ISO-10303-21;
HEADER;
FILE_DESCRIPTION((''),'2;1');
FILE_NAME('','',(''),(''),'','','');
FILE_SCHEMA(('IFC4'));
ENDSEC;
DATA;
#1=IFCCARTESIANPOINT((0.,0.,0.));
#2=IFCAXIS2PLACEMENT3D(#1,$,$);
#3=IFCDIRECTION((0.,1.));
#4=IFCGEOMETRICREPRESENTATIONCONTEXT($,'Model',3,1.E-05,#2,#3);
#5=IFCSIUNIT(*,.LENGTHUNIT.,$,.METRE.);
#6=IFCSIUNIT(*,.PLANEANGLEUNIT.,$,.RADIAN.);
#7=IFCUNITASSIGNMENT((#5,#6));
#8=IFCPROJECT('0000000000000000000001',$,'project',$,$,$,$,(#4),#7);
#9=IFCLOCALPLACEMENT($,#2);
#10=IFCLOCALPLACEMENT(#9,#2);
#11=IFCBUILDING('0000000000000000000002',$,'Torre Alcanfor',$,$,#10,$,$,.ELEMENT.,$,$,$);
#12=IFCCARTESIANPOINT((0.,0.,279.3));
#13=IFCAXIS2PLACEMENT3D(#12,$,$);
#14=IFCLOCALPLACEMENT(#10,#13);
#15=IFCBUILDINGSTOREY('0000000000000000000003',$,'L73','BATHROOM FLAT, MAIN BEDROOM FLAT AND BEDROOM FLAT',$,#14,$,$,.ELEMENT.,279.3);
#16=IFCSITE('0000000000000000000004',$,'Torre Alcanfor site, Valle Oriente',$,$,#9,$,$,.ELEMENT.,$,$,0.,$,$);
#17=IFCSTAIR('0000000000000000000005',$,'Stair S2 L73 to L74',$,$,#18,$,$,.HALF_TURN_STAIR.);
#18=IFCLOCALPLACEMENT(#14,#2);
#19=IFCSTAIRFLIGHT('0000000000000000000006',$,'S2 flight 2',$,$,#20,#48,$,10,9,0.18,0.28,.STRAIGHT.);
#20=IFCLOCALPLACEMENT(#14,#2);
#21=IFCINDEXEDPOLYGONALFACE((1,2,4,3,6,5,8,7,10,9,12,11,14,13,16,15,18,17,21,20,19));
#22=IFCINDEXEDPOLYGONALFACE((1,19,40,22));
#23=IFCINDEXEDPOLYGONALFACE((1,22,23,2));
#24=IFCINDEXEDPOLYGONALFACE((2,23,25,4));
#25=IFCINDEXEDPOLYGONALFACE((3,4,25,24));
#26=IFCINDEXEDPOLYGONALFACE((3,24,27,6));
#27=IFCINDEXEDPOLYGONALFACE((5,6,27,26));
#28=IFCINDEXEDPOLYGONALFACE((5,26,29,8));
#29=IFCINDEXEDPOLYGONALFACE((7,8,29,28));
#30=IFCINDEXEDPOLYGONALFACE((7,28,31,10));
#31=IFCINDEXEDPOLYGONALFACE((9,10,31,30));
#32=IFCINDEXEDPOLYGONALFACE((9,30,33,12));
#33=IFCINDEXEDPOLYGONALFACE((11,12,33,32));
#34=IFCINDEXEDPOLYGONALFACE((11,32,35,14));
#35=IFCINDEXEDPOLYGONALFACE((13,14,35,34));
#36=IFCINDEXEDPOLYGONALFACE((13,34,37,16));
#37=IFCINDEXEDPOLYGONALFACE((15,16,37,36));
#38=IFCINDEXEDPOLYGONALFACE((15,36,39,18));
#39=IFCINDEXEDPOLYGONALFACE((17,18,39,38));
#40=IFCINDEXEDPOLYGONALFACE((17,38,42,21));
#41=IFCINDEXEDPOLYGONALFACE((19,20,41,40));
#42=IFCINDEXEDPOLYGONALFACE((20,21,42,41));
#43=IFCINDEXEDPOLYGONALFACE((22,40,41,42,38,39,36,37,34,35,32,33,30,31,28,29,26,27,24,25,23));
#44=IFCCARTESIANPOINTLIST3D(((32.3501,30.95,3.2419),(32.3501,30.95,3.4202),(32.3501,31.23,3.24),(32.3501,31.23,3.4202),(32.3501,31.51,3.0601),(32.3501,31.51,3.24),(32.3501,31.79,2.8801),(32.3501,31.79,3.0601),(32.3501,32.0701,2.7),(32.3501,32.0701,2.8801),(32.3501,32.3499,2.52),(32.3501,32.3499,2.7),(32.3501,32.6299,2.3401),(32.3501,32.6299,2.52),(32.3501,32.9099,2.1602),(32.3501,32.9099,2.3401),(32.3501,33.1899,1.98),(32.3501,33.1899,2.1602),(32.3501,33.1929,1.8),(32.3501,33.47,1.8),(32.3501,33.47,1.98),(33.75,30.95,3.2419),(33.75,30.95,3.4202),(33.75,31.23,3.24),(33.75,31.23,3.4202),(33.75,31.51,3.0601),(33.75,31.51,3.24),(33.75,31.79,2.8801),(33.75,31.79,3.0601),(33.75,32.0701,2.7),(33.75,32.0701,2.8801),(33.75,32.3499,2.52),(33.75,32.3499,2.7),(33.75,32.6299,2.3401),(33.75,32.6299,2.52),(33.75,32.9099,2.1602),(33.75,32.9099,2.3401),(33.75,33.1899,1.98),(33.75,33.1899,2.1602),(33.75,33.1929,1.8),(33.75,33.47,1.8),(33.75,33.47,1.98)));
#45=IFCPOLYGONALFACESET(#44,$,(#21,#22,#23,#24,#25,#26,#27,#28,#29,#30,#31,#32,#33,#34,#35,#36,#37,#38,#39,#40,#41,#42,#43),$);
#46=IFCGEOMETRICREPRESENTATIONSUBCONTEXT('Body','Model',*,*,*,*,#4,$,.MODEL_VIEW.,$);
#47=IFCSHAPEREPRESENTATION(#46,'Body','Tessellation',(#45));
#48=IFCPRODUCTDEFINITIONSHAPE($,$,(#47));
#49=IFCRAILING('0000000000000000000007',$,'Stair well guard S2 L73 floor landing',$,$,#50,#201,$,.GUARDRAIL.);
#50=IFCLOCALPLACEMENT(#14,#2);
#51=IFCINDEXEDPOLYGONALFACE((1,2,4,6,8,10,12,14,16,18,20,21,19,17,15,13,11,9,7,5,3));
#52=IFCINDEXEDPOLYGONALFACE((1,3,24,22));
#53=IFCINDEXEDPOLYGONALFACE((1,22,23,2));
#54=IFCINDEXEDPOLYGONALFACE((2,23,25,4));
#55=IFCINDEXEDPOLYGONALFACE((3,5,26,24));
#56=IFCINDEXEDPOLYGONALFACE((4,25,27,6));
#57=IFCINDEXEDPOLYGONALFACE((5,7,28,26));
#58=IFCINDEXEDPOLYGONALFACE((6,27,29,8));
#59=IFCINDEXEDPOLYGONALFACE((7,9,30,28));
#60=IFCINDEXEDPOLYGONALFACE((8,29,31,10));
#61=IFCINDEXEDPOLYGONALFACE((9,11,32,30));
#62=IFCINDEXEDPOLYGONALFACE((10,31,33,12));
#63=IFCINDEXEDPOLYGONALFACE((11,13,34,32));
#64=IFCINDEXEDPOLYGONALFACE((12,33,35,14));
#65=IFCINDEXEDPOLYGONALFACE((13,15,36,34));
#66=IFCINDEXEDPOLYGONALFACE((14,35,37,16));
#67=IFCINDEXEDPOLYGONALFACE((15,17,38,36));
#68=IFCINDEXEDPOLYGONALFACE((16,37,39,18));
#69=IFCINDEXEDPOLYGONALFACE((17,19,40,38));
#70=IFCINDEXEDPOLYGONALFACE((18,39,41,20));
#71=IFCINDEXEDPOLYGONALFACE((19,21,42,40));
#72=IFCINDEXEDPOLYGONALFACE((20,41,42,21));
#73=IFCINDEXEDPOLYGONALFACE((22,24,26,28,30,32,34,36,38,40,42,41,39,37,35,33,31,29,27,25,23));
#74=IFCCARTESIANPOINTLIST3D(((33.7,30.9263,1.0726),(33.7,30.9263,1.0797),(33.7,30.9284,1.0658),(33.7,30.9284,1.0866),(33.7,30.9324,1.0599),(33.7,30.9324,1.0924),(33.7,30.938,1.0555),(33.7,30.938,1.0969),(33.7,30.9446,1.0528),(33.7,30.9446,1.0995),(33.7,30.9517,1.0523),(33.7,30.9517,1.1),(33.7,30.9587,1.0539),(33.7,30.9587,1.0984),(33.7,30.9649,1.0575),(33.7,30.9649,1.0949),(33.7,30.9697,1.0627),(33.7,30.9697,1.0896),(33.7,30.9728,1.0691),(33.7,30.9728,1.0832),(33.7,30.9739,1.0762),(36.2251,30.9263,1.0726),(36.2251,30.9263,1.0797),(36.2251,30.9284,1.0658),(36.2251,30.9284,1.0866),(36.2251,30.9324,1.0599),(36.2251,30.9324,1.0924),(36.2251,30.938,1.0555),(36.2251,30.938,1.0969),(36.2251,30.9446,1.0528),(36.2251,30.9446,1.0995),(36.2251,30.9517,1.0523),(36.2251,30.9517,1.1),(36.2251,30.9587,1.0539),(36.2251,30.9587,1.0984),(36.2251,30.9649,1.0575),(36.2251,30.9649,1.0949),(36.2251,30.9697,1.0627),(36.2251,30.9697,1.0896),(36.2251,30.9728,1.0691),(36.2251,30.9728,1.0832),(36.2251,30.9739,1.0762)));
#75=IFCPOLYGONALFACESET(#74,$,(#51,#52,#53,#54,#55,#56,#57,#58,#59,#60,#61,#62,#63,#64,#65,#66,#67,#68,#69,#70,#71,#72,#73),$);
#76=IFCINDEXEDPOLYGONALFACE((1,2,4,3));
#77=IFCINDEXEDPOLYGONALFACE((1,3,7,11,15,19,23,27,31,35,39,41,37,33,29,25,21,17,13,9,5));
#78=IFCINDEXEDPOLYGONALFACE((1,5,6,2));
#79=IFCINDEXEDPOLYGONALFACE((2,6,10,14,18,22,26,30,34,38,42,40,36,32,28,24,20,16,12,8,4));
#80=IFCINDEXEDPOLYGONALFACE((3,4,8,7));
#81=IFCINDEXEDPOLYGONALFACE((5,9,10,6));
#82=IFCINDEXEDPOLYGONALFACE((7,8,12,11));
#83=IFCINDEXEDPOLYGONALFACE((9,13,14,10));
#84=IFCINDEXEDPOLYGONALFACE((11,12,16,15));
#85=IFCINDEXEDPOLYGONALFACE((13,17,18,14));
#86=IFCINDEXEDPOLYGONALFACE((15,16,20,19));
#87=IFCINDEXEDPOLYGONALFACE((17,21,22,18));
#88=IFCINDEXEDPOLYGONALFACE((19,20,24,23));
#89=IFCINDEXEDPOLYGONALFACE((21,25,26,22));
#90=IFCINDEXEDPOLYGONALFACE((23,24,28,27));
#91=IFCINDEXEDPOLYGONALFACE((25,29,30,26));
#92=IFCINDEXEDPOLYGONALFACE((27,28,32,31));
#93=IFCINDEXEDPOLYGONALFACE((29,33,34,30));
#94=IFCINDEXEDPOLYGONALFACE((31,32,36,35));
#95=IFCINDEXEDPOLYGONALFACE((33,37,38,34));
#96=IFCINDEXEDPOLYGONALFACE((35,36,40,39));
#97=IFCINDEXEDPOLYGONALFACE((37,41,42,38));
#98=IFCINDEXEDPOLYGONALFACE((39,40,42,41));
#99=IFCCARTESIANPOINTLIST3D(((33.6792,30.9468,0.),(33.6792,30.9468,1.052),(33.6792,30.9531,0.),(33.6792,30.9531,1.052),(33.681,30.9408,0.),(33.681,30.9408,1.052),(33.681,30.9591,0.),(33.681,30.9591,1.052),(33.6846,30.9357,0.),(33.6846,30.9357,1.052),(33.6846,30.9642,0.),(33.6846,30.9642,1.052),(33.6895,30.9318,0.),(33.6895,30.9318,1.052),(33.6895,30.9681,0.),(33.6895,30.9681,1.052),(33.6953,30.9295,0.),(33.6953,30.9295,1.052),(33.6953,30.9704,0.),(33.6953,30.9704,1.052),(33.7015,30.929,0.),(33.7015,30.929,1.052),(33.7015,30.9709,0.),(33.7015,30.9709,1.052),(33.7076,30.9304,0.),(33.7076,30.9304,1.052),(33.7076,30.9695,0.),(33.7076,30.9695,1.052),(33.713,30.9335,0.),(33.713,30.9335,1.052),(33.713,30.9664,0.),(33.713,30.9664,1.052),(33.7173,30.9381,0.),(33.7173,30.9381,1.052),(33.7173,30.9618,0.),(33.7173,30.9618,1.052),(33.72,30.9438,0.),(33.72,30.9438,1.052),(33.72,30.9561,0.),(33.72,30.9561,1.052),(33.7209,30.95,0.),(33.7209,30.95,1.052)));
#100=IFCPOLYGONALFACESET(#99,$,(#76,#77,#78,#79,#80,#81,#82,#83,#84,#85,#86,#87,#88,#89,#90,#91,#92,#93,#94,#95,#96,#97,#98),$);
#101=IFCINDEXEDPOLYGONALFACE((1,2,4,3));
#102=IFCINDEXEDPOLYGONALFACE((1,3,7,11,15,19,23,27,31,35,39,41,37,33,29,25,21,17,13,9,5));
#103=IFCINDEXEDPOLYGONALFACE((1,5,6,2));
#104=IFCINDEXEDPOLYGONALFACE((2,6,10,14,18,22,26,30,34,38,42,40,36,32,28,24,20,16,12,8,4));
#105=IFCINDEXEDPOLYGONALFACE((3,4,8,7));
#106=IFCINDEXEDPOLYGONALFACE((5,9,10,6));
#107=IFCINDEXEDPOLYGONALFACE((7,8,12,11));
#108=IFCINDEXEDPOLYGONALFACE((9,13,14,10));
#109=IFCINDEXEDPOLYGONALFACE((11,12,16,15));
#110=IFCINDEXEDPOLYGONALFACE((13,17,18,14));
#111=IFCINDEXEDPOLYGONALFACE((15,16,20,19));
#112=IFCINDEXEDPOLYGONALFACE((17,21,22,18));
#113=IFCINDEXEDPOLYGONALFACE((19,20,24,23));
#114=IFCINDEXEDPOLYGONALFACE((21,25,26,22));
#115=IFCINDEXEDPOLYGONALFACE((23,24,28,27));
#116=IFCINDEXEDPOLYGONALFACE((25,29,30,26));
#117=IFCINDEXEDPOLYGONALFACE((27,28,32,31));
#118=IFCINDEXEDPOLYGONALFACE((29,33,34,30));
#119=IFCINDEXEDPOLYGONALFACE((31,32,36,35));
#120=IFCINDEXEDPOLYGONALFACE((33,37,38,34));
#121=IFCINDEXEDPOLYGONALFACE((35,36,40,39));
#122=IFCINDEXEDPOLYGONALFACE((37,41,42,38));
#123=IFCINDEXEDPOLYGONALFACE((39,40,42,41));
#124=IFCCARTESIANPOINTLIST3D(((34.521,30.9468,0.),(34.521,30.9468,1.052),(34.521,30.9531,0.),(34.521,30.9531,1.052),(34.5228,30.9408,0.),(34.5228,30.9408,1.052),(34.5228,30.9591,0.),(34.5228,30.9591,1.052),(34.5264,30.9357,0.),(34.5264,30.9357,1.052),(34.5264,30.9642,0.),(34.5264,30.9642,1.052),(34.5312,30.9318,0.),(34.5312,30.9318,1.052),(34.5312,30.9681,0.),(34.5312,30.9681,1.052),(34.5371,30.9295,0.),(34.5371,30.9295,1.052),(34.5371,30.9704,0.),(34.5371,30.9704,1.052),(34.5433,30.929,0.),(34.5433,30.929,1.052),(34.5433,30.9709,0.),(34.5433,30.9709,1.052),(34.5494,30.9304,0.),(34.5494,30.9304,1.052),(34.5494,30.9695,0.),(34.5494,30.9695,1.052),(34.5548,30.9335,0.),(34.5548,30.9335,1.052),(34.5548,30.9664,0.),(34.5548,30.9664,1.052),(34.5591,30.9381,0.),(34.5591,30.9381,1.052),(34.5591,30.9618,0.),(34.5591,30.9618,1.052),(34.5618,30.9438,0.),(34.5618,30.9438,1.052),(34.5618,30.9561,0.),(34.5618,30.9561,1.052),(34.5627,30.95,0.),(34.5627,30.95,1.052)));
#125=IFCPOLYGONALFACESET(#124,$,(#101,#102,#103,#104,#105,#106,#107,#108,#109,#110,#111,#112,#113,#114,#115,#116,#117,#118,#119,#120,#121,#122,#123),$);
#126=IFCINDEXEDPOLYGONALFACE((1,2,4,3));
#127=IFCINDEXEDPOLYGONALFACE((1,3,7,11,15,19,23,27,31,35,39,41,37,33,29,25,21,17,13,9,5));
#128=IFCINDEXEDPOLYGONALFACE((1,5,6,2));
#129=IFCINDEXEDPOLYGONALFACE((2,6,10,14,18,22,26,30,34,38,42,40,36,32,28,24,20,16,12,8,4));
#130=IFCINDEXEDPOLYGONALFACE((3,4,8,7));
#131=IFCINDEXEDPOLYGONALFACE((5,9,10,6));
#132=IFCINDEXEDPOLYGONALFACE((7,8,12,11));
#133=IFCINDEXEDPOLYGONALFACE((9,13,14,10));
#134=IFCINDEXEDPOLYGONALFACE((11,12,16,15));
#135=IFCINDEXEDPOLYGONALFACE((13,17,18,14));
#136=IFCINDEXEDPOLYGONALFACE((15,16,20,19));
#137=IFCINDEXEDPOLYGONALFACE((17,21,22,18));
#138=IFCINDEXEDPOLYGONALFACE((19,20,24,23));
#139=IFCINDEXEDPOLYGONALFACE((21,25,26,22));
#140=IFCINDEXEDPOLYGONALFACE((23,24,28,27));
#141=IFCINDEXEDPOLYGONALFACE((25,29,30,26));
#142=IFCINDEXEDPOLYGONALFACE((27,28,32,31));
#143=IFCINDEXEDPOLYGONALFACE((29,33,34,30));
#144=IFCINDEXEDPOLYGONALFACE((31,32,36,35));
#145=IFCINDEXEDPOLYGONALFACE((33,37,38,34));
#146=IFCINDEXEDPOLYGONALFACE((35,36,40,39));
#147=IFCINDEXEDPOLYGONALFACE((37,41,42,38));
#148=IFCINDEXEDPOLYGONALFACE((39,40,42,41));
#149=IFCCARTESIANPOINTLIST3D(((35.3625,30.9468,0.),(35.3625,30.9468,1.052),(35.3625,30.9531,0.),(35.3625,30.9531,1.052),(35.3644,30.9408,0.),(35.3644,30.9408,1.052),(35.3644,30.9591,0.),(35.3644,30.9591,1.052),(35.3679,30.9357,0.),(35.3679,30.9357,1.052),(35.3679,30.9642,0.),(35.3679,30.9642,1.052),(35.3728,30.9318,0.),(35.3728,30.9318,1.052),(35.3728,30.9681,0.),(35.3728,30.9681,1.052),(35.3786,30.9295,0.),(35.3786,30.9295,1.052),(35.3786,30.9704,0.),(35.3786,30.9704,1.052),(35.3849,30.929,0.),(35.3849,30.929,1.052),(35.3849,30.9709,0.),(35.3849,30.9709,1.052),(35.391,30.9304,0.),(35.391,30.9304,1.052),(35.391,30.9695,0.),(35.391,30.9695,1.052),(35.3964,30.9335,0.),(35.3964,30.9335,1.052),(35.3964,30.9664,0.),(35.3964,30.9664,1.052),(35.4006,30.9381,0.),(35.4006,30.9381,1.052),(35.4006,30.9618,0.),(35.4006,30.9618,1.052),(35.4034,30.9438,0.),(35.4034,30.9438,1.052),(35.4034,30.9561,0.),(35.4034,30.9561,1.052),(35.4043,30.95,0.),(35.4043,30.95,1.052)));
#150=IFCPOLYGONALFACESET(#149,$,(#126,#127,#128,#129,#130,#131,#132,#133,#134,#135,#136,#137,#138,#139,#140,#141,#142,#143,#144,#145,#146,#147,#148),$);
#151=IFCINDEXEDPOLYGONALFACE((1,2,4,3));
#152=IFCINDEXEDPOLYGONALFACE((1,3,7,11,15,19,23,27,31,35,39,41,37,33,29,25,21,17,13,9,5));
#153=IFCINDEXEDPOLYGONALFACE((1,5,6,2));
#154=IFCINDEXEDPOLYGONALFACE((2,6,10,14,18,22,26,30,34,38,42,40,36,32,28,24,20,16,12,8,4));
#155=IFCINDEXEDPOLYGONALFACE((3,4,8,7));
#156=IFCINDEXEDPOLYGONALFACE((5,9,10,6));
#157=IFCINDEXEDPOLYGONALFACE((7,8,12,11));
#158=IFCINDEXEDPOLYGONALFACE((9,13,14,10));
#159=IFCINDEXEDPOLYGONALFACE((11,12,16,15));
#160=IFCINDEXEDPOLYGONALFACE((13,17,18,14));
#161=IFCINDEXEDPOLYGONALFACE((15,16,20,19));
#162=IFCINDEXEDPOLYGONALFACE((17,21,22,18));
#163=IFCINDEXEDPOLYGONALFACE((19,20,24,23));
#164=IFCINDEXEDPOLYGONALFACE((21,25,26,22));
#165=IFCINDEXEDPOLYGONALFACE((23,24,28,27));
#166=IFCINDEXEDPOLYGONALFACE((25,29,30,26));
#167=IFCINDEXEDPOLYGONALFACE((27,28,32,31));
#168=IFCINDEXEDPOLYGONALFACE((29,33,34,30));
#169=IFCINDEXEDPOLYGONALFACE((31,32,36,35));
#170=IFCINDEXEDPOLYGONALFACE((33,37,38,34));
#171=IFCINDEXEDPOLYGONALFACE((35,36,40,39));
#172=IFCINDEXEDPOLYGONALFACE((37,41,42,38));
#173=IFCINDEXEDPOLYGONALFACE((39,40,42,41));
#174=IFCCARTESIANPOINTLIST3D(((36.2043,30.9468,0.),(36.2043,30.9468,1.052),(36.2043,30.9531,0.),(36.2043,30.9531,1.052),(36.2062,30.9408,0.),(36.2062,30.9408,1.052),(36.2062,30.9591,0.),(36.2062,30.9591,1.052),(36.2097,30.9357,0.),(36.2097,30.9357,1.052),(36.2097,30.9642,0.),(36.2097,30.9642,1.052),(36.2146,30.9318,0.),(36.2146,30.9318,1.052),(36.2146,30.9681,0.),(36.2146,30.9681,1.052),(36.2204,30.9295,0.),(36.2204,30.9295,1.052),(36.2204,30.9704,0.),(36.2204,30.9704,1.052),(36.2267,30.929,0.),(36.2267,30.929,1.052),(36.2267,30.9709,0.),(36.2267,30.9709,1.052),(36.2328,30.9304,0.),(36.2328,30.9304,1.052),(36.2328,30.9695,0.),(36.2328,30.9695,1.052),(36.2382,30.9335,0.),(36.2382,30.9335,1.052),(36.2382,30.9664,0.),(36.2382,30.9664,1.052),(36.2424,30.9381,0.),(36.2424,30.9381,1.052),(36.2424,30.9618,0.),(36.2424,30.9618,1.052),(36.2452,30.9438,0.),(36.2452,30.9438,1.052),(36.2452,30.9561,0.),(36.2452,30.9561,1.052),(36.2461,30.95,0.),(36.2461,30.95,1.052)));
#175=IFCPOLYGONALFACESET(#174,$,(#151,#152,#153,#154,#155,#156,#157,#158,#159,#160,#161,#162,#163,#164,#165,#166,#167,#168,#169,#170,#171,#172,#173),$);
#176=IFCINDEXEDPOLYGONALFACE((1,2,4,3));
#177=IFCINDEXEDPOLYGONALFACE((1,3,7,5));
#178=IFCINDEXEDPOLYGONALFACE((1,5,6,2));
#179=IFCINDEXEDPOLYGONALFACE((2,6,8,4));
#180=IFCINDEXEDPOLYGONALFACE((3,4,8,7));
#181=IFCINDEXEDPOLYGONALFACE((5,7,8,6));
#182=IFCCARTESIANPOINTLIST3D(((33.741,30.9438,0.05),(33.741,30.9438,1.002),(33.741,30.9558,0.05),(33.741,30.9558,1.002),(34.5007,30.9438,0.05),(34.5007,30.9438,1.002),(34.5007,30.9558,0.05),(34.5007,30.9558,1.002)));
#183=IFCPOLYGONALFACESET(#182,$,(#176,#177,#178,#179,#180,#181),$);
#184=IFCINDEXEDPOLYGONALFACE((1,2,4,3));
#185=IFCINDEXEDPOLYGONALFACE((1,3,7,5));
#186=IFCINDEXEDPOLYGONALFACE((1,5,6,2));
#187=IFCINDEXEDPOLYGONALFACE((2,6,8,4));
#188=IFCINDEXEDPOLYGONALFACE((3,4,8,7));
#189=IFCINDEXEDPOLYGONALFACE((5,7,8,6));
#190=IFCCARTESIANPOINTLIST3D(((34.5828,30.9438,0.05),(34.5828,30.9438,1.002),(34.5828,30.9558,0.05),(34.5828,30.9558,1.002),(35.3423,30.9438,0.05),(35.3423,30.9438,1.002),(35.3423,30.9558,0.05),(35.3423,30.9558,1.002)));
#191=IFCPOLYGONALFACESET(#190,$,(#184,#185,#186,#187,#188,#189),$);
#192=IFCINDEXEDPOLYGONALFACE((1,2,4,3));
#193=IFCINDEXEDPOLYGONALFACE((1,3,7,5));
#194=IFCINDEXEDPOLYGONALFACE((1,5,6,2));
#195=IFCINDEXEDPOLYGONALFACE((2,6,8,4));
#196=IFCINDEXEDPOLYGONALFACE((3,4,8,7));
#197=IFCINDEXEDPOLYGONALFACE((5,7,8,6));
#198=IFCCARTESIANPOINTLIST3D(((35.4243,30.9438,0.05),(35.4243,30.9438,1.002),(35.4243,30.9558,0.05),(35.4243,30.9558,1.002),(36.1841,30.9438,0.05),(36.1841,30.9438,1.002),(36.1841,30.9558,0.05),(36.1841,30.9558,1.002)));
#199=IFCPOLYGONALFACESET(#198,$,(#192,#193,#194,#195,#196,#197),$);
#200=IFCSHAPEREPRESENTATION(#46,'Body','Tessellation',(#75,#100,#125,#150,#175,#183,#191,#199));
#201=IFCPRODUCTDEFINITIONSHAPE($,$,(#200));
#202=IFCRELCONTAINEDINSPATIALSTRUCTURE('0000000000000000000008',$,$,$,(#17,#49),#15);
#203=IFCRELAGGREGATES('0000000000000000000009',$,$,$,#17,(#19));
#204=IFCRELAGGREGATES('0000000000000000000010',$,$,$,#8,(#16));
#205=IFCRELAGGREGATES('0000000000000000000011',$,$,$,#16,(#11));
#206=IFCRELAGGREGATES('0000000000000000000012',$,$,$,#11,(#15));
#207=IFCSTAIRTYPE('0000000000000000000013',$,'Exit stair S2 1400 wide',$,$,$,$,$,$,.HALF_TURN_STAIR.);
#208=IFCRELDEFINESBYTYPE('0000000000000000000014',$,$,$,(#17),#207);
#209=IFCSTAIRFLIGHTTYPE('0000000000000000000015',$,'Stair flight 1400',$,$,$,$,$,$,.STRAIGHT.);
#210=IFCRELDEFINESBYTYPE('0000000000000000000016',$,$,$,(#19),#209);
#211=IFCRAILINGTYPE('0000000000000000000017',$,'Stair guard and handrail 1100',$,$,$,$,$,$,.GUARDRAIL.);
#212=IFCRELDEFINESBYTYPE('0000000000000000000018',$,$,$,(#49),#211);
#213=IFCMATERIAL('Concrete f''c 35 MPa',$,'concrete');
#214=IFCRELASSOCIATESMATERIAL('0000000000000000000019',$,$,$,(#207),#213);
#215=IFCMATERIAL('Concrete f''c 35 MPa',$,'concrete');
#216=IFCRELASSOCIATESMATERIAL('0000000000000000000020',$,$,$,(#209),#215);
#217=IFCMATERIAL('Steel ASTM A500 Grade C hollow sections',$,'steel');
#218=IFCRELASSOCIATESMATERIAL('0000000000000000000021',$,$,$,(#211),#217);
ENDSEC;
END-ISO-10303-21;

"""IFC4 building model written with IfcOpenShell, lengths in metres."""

from ifc_helpers import new_model, si_unit, direction, frame, origin, origin_2d, place, context, subcontext, project, spatial, polyline, circle, outline, extrude, material, type_object, element, aggregate, save


model = new_model("IFC4")

# Units and contexts
model_context = context("Model", 3, precision=1e-05, world=origin(), true_north=direction((0.0, 1.0)))
body_context = subcontext(model_context, "Body", "Model", "MODEL_VIEW")
ifc_project = project(units=[si_unit("LENGTHUNIT", "METRE"), si_unit("PLANEANGLEUNIT", "RADIAN")], contexts=[model_context])

# Site, building, storey
site_placement = place(None, origin())
site = spatial("IfcSite", under=ifc_project, at=site_placement, Name="Torre Alcanfor site, Valle Oriente", CompositionType="ELEMENT", RefElevation=0.0)
building_placement = place(site_placement, origin())
building = spatial("IfcBuilding", under=site, at=building_placement, Name="Torre Alcanfor", CompositionType="ELEMENT")
storey_placement = place(building_placement, frame((0.0, 0.0, 279.3)))
storey = spatial("IfcBuildingStorey", under=building, at=storey_placement, Name="L73", Description="BATHROOM FLAT, MAIN BEDROOM FLAT AND BEDROOM FLAT", CompositionType="ELEMENT", Elevation=279.3)

# Stair, stair flight
ifc_material_1 = material(Name="Concrete f'c 35 MPa", Category="concrete")
stair_type = type_object("IfcStairType", Name="Exit stair S2 1400 wide", PredefinedType="HALF_TURN_STAIR", material=ifc_material_1)
stair_placement = place(storey_placement, origin())
stair = element("IfcStair", 1, at=stair_placement, inside=storey, type_object=stair_type, Name="Stair S2 L73 to L74", PredefinedType="HALF_TURN_STAIR")
ifc_material_2 = material(Name="Concrete f'c 35 MPa", Category="concrete")
stair_flight_type = type_object("IfcStairFlightType", Name="Stair flight 1400", PredefinedType="STRAIGHT", material=ifc_material_2)
stair_flight_1_placement = place(storey_placement, frame((33.05, 33.47, 1.8), z_axis=(0.0, 0.0, 1.0), x_axis=(0.0, -1.0, 0.0)))
stair_flight_1 = element("IfcStairFlight", 2, at=stair_flight_1_placement, type_object=stair_flight_type, Name="S2 flight 2", NumberOfRisers=10, NumberOfTreads=9, PredefinedType="STRAIGHT", RiserHeight=0.18, TreadLength=0.28, context=body_context, shape_type="SweptSolid", body=[
    extrude(outline(polyline([(0.0, 0.0), (0.0, 0.1799), (0.28, 0.1799), (0.28, 0.3601), (0.5601, 0.3601), (0.5601, 0.54), (0.8401, 0.54), (0.8401, 0.72), (1.1201, 0.72), (1.1201, 0.8999), (1.3999, 0.8999), (1.3999, 1.0801), (1.6799, 1.0801), (1.6799, 1.26), (1.96, 1.26), (1.96, 1.4399), (2.24, 1.4399), (2.24, 1.6201), (2.52, 1.6201), (2.52, 1.8), (2.52, 1.4419), (0.2771, 0.0), (0.0, 0.0)])), frame((0.0, 0.7, 0.0), z_axis=(0.0, -1.0, 0.0), x_axis=(1.0, 0.0, 0.0)), (0.0, 0.0, 1.0), 1.3999),
])
aggregate(stair, [stair_flight_1])

# Railing
ifc_material_3 = material(Name="Steel ASTM A500 Grade C hollow sections", Category="steel")
railing_type_1 = type_object("IfcRailingType", Name="Stair guard and handrail 1100", PredefinedType="GUARDRAIL", material=ifc_material_3)
for number, where, name in (
    (3, (33.7, 30.95, 0.0), "Stair well guard S2 L73 floor landing"),
):
    element("IfcRailing", number, at=place(storey_placement, frame(where)), inside=storey, type_object=railing_type_1, Name=name, PredefinedType="GUARDRAIL", context=body_context, shape_type="SweptSolid", body=[
        extrude(circle(Radius=0.0239, at=origin_2d()), frame((0.0, 0.0, 1.0762), z_axis=(1.0, 0.0, 0.0), x_axis=(0.0, 1.0, 0.0)), (0.0, 0.0, 1.0), 2.5251),
        extrude(circle(Radius=0.021, at=origin_2d()), origin(), (0.0, 0.0, 1.0), 1.052),
        extrude(circle(Radius=0.021, at=origin_2d()), frame((0.8418, 0.0, 0.0)), (0.0, 0.0, 1.0), 1.052),
        extrude(circle(Radius=0.021, at=origin_2d()), frame((1.6833, 0.0, 0.0)), (0.0, 0.0, 1.0), 1.052),
        extrude(circle(Radius=0.021, at=origin_2d()), frame((2.5251, 0.0, 0.0)), (0.0, 0.0, 1.0), 1.052),
        extrude(outline(polyline([(0.041, 0.05), (0.8008, 0.05), (0.8008, 1.002), (0.041, 1.002), (0.041, 0.05)])), frame((0.0, 0.0059, 0.0), z_axis=(0.0, -1.0, 0.0), x_axis=(1.0, 0.0, 0.0)), (0.0, 0.0, 1.0), 0.012),
        extrude(outline(polyline([(0.8828, 0.05), (1.6423, 0.05), (1.6423, 1.002), (0.8828, 1.002), (0.8828, 0.05)])), frame((0.0, 0.0059, 0.0), z_axis=(0.0, -1.0, 0.0), x_axis=(1.0, 0.0, 0.0)), (0.0, 0.0, 1.0), 0.012),
        extrude(outline(polyline([(1.7244, 0.05), (2.4841, 0.05), (2.4841, 1.002), (1.7244, 1.002), (1.7244, 0.05)])), frame((0.0, 0.0059, 0.0), z_axis=(0.0, -1.0, 0.0), x_axis=(1.0, 0.0, 0.0)), (0.0, 0.0, 1.0), 0.012),
    ])

save(model, "model.ifc")
